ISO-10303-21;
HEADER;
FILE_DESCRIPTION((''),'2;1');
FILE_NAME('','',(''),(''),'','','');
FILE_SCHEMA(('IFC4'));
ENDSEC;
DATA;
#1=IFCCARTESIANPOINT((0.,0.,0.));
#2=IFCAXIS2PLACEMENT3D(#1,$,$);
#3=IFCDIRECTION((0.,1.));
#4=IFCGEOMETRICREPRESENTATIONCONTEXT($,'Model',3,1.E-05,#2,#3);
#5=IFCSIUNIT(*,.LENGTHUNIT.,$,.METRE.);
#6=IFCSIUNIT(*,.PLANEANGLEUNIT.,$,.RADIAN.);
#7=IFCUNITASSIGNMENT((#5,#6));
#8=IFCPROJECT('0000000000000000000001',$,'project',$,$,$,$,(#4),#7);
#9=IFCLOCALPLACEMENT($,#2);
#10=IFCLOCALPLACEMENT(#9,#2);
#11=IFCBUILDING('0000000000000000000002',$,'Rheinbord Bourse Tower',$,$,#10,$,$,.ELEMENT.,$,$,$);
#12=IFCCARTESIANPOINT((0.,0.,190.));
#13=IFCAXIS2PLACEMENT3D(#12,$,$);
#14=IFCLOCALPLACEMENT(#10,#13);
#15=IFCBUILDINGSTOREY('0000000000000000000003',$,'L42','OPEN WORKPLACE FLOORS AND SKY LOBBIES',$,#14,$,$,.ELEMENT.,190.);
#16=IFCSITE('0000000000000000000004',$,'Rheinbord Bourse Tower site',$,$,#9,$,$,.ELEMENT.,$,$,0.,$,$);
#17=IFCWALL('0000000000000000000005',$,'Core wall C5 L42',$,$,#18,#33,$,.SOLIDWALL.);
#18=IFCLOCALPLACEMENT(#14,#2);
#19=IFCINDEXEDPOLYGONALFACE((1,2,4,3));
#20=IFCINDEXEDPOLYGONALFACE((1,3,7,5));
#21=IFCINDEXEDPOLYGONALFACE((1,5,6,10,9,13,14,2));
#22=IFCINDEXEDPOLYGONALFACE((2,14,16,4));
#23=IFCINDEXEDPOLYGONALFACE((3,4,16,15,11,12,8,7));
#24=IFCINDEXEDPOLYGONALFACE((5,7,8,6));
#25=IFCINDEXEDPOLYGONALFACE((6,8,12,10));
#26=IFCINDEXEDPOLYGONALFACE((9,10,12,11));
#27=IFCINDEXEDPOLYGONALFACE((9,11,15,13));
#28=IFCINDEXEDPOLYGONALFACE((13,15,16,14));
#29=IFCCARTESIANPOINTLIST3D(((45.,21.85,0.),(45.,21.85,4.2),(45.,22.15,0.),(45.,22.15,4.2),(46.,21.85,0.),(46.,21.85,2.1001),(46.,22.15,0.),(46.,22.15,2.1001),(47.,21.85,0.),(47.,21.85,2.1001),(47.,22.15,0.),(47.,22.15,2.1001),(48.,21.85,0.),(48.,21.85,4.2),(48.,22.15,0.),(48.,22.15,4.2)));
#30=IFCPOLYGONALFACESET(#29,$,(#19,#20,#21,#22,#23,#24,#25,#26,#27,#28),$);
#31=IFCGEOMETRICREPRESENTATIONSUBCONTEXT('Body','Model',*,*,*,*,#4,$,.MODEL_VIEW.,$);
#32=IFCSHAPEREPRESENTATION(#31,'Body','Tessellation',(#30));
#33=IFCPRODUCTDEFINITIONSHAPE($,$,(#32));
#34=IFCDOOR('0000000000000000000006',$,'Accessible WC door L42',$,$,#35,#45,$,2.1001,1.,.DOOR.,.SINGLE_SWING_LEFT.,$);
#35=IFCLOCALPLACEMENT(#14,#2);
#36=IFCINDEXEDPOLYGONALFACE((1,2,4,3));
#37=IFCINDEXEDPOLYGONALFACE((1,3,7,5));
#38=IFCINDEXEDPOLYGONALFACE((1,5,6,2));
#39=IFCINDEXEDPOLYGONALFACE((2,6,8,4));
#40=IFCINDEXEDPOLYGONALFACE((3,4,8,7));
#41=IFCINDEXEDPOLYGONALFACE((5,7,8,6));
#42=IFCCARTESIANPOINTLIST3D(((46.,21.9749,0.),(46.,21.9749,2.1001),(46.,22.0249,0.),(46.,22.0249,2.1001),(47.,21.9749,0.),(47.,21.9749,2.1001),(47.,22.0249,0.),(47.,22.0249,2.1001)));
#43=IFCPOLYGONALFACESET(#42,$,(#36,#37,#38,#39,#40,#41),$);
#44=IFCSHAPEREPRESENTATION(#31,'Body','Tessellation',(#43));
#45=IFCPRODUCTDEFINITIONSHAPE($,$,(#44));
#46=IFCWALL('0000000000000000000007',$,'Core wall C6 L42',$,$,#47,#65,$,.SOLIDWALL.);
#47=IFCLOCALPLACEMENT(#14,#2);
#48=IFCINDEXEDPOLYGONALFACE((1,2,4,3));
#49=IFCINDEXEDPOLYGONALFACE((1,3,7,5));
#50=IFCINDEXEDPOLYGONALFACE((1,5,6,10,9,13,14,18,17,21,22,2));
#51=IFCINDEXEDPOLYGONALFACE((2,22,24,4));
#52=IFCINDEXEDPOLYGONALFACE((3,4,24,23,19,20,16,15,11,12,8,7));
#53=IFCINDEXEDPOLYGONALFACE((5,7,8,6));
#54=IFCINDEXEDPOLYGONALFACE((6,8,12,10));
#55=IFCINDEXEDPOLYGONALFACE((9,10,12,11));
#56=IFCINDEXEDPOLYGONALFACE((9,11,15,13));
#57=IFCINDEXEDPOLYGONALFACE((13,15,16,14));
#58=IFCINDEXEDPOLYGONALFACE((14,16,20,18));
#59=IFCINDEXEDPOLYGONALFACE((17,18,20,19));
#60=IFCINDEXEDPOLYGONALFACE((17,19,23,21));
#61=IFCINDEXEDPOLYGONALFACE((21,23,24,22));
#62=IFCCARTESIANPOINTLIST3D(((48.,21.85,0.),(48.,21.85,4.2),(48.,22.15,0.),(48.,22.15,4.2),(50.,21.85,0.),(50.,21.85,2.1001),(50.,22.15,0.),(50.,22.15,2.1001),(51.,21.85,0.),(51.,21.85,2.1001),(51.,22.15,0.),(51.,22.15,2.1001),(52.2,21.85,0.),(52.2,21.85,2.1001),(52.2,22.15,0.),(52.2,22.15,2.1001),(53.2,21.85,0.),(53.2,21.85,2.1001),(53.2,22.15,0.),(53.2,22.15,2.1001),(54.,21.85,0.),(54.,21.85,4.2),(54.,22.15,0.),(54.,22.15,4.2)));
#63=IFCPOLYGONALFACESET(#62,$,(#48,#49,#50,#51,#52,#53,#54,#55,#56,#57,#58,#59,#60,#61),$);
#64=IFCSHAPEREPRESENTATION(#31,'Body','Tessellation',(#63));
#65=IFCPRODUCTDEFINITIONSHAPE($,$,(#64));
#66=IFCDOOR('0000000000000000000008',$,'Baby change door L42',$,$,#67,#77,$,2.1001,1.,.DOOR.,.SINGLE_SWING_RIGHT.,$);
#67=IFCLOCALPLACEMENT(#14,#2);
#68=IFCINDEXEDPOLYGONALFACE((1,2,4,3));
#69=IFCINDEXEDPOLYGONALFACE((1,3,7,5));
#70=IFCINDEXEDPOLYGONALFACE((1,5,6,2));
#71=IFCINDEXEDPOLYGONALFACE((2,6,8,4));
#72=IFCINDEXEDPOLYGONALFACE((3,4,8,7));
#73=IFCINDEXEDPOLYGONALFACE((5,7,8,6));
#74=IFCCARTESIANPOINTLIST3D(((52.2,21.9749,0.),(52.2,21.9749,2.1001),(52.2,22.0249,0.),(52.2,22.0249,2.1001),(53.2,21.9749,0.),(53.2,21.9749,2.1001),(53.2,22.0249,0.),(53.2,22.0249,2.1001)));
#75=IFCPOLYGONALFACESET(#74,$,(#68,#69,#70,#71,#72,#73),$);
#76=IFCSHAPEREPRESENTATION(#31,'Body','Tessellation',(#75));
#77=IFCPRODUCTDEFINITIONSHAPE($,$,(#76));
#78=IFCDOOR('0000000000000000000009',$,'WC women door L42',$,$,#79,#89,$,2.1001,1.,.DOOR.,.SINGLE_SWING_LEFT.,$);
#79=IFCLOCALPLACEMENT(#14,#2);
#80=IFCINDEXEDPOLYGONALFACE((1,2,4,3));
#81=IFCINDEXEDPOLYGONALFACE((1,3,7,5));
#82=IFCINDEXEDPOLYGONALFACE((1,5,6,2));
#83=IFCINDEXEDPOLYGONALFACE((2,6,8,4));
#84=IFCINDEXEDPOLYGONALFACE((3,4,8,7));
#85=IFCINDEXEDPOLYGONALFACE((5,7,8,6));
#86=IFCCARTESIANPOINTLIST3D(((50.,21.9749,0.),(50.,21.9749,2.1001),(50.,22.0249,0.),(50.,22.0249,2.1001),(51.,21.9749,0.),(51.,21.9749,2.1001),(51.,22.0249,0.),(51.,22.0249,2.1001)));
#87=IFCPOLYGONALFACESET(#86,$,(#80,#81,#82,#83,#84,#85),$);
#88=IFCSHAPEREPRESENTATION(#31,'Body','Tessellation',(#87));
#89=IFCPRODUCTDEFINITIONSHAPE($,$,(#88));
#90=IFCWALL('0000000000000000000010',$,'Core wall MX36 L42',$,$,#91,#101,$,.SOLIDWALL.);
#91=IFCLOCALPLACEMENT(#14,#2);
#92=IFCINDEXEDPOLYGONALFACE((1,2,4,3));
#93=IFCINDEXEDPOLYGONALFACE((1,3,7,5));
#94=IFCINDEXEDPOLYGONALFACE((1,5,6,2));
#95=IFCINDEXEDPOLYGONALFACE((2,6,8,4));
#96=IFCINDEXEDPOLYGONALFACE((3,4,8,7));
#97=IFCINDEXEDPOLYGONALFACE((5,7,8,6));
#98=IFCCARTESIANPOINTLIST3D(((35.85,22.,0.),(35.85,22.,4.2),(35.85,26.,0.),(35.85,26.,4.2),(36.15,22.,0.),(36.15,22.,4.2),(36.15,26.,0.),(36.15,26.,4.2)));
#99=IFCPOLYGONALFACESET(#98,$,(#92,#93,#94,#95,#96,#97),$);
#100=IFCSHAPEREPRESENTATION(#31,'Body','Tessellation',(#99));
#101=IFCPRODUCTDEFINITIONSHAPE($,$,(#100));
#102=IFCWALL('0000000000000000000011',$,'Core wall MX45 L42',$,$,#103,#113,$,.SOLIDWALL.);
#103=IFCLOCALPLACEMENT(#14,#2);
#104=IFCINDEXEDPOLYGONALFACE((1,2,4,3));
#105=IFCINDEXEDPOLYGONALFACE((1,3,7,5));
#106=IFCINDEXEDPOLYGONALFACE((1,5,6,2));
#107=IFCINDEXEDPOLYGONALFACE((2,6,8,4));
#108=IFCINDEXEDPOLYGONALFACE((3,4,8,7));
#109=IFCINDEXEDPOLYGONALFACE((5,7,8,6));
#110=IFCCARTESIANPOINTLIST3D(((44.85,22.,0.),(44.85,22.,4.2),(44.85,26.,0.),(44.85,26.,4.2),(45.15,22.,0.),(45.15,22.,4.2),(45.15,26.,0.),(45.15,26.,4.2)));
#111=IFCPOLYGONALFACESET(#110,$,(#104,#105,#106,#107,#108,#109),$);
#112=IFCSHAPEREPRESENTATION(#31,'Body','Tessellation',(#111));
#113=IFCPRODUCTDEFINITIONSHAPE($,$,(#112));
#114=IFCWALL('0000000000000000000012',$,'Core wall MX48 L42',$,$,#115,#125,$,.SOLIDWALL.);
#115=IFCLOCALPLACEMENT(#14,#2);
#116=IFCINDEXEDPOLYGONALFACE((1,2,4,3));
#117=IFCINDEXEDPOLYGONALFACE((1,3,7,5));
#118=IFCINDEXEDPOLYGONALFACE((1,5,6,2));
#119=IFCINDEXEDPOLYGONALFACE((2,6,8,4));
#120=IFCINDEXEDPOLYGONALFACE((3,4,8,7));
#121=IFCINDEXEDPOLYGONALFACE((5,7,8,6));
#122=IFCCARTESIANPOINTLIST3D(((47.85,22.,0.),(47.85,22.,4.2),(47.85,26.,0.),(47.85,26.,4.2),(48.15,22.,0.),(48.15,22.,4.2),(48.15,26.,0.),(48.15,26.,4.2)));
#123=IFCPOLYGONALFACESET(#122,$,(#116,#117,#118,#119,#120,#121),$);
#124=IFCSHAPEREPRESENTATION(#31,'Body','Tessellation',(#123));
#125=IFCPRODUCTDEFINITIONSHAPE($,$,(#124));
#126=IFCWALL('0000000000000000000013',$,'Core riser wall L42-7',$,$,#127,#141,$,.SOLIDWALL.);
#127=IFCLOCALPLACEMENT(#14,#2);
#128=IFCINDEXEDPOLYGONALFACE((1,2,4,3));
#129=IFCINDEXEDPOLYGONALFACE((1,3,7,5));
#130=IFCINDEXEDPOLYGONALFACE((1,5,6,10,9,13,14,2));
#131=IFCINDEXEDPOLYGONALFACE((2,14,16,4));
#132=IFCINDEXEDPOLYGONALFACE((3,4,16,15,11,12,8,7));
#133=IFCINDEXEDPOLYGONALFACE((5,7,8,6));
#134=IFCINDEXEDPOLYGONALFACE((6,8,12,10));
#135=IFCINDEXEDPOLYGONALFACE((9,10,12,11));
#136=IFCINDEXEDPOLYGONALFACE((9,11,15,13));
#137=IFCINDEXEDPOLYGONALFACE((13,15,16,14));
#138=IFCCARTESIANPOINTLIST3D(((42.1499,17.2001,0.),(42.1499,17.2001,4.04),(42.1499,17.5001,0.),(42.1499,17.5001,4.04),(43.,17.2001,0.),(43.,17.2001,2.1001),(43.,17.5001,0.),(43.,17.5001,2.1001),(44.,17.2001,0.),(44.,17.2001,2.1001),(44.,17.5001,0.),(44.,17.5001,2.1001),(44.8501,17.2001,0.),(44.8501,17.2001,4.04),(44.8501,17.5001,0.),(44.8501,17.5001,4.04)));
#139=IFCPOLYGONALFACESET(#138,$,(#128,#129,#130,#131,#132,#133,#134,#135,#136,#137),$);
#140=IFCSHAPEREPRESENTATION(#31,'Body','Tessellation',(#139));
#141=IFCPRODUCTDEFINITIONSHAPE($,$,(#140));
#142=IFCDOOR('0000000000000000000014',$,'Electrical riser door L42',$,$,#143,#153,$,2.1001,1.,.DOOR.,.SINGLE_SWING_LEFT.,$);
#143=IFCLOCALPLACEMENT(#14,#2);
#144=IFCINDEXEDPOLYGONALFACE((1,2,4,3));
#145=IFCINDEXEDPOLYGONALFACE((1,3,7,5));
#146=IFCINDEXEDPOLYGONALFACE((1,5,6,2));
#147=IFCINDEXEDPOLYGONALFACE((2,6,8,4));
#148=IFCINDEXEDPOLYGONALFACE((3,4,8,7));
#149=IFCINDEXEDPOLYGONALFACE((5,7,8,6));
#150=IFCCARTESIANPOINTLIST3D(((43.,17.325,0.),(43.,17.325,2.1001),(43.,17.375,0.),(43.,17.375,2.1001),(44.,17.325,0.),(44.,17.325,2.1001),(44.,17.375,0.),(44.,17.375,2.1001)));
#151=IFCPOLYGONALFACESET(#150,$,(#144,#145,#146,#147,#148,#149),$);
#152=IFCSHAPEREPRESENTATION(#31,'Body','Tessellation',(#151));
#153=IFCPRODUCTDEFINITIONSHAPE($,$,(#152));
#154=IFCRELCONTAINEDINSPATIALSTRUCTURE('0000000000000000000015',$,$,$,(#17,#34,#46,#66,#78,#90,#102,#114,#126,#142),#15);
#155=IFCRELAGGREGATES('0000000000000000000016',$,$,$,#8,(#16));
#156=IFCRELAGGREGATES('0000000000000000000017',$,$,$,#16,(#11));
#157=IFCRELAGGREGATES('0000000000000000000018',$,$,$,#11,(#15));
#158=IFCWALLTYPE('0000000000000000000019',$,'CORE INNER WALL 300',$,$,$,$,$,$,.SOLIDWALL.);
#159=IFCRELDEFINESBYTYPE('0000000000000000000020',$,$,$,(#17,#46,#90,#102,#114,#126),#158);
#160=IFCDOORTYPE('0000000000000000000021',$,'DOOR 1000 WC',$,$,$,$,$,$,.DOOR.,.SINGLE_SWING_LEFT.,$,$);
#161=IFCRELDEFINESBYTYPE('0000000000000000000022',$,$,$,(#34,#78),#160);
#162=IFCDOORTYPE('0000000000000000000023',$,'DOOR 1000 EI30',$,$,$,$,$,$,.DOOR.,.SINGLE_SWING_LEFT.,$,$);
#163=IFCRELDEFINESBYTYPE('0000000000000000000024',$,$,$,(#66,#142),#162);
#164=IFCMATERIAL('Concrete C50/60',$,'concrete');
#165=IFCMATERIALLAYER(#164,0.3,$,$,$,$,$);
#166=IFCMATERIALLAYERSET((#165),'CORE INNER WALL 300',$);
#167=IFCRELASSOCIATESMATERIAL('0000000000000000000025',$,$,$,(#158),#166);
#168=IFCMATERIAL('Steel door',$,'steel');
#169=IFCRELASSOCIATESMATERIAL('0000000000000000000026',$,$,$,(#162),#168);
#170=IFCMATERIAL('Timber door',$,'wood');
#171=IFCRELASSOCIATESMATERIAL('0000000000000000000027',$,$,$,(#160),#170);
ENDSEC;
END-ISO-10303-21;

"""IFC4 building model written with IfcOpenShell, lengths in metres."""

from ifc_helpers import new_model, si_unit, direction, frame, frame_2d, origin, place, context, subcontext, project, spatial, rectangle, extrude, material, layer, layer_set, type_object, element, fill, save


model = new_model("IFC4")

# Units and contexts
model_context = context("Model", 3, precision=1e-05, world=origin(), true_north=direction((0.0, 1.0)))
body_context = subcontext(model_context, "Body", "Model", "MODEL_VIEW")
ifc_project = project(units=[si_unit("LENGTHUNIT", "METRE"), si_unit("PLANEANGLEUNIT", "RADIAN")], contexts=[model_context])

# Site, building, storey
site_placement = place(None, origin())
site = spatial("IfcSite", under=ifc_project, at=site_placement, Name="Rheinbord Bourse Tower site", CompositionType="ELEMENT", RefElevation=0.0)
building_placement = place(site_placement, origin())
building = spatial("IfcBuilding", under=site, at=building_placement, Name="Rheinbord Bourse Tower", CompositionType="ELEMENT")
storey_placement = place(building_placement, frame((0.0, 0.0, 190.0)))
storey = spatial("IfcBuildingStorey", under=building, at=storey_placement, Name="L42", Description="OPEN WORKPLACE FLOORS AND SKY LOBBIES", CompositionType="ELEMENT", Elevation=190.0)

# Wall, opening, door
ifc_material_1 = material(Name="Concrete C50/60", Category="concrete")
ifc_layer_1 = layer(ifc_material_1, 0.3)
ifc_layer_set_1 = layer_set([ifc_layer_1], Name="CORE INNER WALL 300")
wall_type_1 = type_object("IfcWallType", Name="CORE INNER WALL 300", PredefinedType="SOLIDWALL", material=ifc_layer_set_1)
ifc_material_2 = material(Name="Steel door", Category="steel")
door_type_1 = type_object("IfcDoorType", Name="DOOR 1000 EI30", OperationType="SINGLE_SWING_LEFT", PredefinedType="DOOR", material=ifc_material_2)
wall_1_placement = place(storey_placement, frame((45.0, 22.0, 0.0), z_axis=(0.0, 0.0, 1.0), x_axis=(1.0, 0.0, 0.0)))
wall_1 = element("IfcWall", 1, at=wall_1_placement, inside=storey, type_object=wall_type_1, Name="Core wall C5 L42", PredefinedType="SOLIDWALL", context=body_context, shape_type="SweptSolid", body=[
    extrude(rectangle(XDim=3.0, YDim=0.3, at=frame_2d((1.5, 0.0))), origin(), (0.0, 0.0, 1.0), 4.2),
])
opening_1_placement = place(wall_1_placement, frame((1.0, 0.0, 0.0)))
opening_1 = element("IfcOpeningElement", 2, at=opening_1_placement, cuts=wall_1, PredefinedType="OPENING", context=body_context, shape_type="SweptSolid", body=[
    extrude(rectangle(XDim=1.0, YDim=2.1001, at=frame_2d((0.5, 1.05))), frame((0.0, 0.1599, 0.0), z_axis=(0.0, -1.0, 0.0), x_axis=(1.0, 0.0, 0.0)), (0.0, 0.0, 1.0), 0.3201),
])
ifc_material_3 = material(Name="Timber door", Category="wood")
door_type_2 = type_object("IfcDoorType", Name="DOOR 1000 WC", OperationType="SINGLE_SWING_LEFT", PredefinedType="DOOR", material=ifc_material_3)
door_1_placement = place(opening_1_placement, origin())
door_1 = element("IfcDoor", 3, at=door_1_placement, inside=storey, type_object=door_type_2, Name="Accessible WC door L42", OperationType="SINGLE_SWING_LEFT", OverallHeight=2.1001, OverallWidth=1.0, PredefinedType="DOOR", context=body_context, shape_type="SweptSolid", body=[
    extrude(rectangle(XDim=1.0, YDim=2.1001, at=frame_2d((0.5, 1.05))), frame((0.0, 0.0249, 0.0), z_axis=(0.0, -1.0, 0.0), x_axis=(1.0, 0.0, 0.0)), (0.0, 0.0, 1.0), 0.05),
])
fill(opening_1, door_1)

# Wall, openings, doors
wall_2_placement = place(storey_placement, frame((48.0, 22.0, 0.0), z_axis=(0.0, 0.0, 1.0), x_axis=(1.0, 0.0, 0.0)))
wall_2 = element("IfcWall", 4, at=wall_2_placement, inside=storey, type_object=wall_type_1, Name="Core wall C6 L42", PredefinedType="SOLIDWALL", context=body_context, shape_type="SweptSolid", body=[
    extrude(rectangle(XDim=6.0, YDim=0.3, at=frame_2d((3.0, 0.0))), origin(), (0.0, 0.0, 1.0), 4.2),
])
opening_2_placement = place(wall_2_placement, frame((2.0, 0.0, 0.0)))
opening_2 = element("IfcOpeningElement", 5, at=opening_2_placement, cuts=wall_2, PredefinedType="OPENING", context=body_context, shape_type="SweptSolid", body=[
    extrude(rectangle(XDim=1.0, YDim=2.1001, at=frame_2d((0.5, 1.05))), frame((0.0, 0.1599, 0.0), z_axis=(0.0, -1.0, 0.0), x_axis=(1.0, 0.0, 0.0)), (0.0, 0.0, 1.0), 0.3201),
])
opening_3_placement = place(wall_2_placement, frame((4.2, 0.0, 0.0)))
opening_3 = element("IfcOpeningElement", 6, at=opening_3_placement, cuts=wall_2, PredefinedType="OPENING", context=body_context, shape_type="SweptSolid", body=[
    extrude(rectangle(XDim=1.0, YDim=2.1001, at=frame_2d((0.5, 1.05))), frame((0.0, 0.1599, 0.0), z_axis=(0.0, -1.0, 0.0), x_axis=(1.0, 0.0, 0.0)), (0.0, 0.0, 1.0), 0.3201),
])
door_2_placement = place(opening_3_placement, origin())
door_2 = element("IfcDoor", 7, at=door_2_placement, inside=storey, type_object=door_type_1, Name="Baby change door L42", OperationType="SINGLE_SWING_RIGHT", OverallHeight=2.1001, OverallWidth=1.0, PredefinedType="DOOR", context=body_context, shape_type="SweptSolid", body=[
    extrude(rectangle(XDim=1.0, YDim=2.1001, at=frame_2d((0.5, 1.05))), frame((0.0, 0.0249, 0.0), z_axis=(0.0, -1.0, 0.0), x_axis=(1.0, 0.0, 0.0)), (0.0, 0.0, 1.0), 0.05),
])
fill(opening_3, door_2)
door_3_placement = place(opening_2_placement, origin())
door_3 = element("IfcDoor", 8, at=door_3_placement, inside=storey, type_object=door_type_2, Name="WC women door L42", OperationType="SINGLE_SWING_LEFT", OverallHeight=2.1001, OverallWidth=1.0, PredefinedType="DOOR", context=body_context, shape_type="SweptSolid", body=[
    extrude(rectangle(XDim=1.0, YDim=2.1001, at=frame_2d((0.5, 1.05))), frame((0.0, 0.0249, 0.0), z_axis=(0.0, -1.0, 0.0), x_axis=(1.0, 0.0, 0.0)), (0.0, 0.0, 1.0), 0.05),
])
fill(opening_2, door_3)

# Walls
for number, where, z_axis, x_axis, name in (
    (9, (36.0, 22.0, 0.0), (0.0, 0.0, 1.0), (0.0, 1.0, 0.0), "Core wall MX36 L42"),
    (10, (45.0, 22.0, 0.0), (0.0, 0.0, 1.0), (0.0, 1.0, 0.0), "Core wall MX45 L42"),
    (11, (48.0, 22.0, 0.0), (0.0, 0.0, 1.0), (0.0, 1.0, 0.0), "Core wall MX48 L42"),
):
    element("IfcWall", number, at=place(storey_placement, frame(where, z_axis=z_axis, x_axis=x_axis)), inside=storey, type_object=wall_type_1, Name=name, PredefinedType="SOLIDWALL", context=body_context, shape_type="SweptSolid", body=[
        extrude(rectangle(XDim=4.0, YDim=0.3, at=frame_2d((2.0, 0.0))), origin(), (0.0, 0.0, 1.0), 4.2),
    ])

# Wall, opening, door
wall_3_placement = place(storey_placement, frame((42.1499, 17.3501, 0.0), z_axis=(0.0, 0.0, 1.0), x_axis=(1.0, 0.0, 0.0)))
wall_3 = element("IfcWall", 12, at=wall_3_placement, inside=storey, type_object=wall_type_1, Name="Core riser wall L42-7", PredefinedType="SOLIDWALL", context=body_context, shape_type="SweptSolid", body=[
    extrude(rectangle(XDim=2.7002, YDim=0.3, at=frame_2d((1.3501, 0.0))), origin(), (0.0, 0.0, 1.0), 4.04),
])
opening_4_placement = place(wall_3_placement, frame((0.8501, 0.0, 0.0)))
opening_4 = element("IfcOpeningElement", 13, at=opening_4_placement, cuts=wall_3, PredefinedType="OPENING", context=body_context, shape_type="SweptSolid", body=[
    extrude(rectangle(XDim=1.0, YDim=2.1001, at=frame_2d((0.5, 1.05))), frame((0.0, 0.1599, 0.0), z_axis=(0.0, -1.0, 0.0), x_axis=(1.0, 0.0, 0.0)), (0.0, 0.0, 1.0), 0.3201),
])
door_4_placement = place(opening_4_placement, origin())
door_4 = element("IfcDoor", 14, at=door_4_placement, inside=storey, type_object=door_type_1, Name="Electrical riser door L42", OperationType="SINGLE_SWING_LEFT", OverallHeight=2.1001, OverallWidth=1.0, PredefinedType="DOOR", context=body_context, shape_type="SweptSolid", body=[
    extrude(rectangle(XDim=1.0, YDim=2.1001, at=frame_2d((0.5, 1.05))), frame((0.0, 0.0249, 0.0), z_axis=(0.0, -1.0, 0.0), x_axis=(1.0, 0.0, 0.0)), (0.0, 0.0, 1.0), 0.05),
])
fill(opening_4, door_4)

save(model, "model.ifc")
